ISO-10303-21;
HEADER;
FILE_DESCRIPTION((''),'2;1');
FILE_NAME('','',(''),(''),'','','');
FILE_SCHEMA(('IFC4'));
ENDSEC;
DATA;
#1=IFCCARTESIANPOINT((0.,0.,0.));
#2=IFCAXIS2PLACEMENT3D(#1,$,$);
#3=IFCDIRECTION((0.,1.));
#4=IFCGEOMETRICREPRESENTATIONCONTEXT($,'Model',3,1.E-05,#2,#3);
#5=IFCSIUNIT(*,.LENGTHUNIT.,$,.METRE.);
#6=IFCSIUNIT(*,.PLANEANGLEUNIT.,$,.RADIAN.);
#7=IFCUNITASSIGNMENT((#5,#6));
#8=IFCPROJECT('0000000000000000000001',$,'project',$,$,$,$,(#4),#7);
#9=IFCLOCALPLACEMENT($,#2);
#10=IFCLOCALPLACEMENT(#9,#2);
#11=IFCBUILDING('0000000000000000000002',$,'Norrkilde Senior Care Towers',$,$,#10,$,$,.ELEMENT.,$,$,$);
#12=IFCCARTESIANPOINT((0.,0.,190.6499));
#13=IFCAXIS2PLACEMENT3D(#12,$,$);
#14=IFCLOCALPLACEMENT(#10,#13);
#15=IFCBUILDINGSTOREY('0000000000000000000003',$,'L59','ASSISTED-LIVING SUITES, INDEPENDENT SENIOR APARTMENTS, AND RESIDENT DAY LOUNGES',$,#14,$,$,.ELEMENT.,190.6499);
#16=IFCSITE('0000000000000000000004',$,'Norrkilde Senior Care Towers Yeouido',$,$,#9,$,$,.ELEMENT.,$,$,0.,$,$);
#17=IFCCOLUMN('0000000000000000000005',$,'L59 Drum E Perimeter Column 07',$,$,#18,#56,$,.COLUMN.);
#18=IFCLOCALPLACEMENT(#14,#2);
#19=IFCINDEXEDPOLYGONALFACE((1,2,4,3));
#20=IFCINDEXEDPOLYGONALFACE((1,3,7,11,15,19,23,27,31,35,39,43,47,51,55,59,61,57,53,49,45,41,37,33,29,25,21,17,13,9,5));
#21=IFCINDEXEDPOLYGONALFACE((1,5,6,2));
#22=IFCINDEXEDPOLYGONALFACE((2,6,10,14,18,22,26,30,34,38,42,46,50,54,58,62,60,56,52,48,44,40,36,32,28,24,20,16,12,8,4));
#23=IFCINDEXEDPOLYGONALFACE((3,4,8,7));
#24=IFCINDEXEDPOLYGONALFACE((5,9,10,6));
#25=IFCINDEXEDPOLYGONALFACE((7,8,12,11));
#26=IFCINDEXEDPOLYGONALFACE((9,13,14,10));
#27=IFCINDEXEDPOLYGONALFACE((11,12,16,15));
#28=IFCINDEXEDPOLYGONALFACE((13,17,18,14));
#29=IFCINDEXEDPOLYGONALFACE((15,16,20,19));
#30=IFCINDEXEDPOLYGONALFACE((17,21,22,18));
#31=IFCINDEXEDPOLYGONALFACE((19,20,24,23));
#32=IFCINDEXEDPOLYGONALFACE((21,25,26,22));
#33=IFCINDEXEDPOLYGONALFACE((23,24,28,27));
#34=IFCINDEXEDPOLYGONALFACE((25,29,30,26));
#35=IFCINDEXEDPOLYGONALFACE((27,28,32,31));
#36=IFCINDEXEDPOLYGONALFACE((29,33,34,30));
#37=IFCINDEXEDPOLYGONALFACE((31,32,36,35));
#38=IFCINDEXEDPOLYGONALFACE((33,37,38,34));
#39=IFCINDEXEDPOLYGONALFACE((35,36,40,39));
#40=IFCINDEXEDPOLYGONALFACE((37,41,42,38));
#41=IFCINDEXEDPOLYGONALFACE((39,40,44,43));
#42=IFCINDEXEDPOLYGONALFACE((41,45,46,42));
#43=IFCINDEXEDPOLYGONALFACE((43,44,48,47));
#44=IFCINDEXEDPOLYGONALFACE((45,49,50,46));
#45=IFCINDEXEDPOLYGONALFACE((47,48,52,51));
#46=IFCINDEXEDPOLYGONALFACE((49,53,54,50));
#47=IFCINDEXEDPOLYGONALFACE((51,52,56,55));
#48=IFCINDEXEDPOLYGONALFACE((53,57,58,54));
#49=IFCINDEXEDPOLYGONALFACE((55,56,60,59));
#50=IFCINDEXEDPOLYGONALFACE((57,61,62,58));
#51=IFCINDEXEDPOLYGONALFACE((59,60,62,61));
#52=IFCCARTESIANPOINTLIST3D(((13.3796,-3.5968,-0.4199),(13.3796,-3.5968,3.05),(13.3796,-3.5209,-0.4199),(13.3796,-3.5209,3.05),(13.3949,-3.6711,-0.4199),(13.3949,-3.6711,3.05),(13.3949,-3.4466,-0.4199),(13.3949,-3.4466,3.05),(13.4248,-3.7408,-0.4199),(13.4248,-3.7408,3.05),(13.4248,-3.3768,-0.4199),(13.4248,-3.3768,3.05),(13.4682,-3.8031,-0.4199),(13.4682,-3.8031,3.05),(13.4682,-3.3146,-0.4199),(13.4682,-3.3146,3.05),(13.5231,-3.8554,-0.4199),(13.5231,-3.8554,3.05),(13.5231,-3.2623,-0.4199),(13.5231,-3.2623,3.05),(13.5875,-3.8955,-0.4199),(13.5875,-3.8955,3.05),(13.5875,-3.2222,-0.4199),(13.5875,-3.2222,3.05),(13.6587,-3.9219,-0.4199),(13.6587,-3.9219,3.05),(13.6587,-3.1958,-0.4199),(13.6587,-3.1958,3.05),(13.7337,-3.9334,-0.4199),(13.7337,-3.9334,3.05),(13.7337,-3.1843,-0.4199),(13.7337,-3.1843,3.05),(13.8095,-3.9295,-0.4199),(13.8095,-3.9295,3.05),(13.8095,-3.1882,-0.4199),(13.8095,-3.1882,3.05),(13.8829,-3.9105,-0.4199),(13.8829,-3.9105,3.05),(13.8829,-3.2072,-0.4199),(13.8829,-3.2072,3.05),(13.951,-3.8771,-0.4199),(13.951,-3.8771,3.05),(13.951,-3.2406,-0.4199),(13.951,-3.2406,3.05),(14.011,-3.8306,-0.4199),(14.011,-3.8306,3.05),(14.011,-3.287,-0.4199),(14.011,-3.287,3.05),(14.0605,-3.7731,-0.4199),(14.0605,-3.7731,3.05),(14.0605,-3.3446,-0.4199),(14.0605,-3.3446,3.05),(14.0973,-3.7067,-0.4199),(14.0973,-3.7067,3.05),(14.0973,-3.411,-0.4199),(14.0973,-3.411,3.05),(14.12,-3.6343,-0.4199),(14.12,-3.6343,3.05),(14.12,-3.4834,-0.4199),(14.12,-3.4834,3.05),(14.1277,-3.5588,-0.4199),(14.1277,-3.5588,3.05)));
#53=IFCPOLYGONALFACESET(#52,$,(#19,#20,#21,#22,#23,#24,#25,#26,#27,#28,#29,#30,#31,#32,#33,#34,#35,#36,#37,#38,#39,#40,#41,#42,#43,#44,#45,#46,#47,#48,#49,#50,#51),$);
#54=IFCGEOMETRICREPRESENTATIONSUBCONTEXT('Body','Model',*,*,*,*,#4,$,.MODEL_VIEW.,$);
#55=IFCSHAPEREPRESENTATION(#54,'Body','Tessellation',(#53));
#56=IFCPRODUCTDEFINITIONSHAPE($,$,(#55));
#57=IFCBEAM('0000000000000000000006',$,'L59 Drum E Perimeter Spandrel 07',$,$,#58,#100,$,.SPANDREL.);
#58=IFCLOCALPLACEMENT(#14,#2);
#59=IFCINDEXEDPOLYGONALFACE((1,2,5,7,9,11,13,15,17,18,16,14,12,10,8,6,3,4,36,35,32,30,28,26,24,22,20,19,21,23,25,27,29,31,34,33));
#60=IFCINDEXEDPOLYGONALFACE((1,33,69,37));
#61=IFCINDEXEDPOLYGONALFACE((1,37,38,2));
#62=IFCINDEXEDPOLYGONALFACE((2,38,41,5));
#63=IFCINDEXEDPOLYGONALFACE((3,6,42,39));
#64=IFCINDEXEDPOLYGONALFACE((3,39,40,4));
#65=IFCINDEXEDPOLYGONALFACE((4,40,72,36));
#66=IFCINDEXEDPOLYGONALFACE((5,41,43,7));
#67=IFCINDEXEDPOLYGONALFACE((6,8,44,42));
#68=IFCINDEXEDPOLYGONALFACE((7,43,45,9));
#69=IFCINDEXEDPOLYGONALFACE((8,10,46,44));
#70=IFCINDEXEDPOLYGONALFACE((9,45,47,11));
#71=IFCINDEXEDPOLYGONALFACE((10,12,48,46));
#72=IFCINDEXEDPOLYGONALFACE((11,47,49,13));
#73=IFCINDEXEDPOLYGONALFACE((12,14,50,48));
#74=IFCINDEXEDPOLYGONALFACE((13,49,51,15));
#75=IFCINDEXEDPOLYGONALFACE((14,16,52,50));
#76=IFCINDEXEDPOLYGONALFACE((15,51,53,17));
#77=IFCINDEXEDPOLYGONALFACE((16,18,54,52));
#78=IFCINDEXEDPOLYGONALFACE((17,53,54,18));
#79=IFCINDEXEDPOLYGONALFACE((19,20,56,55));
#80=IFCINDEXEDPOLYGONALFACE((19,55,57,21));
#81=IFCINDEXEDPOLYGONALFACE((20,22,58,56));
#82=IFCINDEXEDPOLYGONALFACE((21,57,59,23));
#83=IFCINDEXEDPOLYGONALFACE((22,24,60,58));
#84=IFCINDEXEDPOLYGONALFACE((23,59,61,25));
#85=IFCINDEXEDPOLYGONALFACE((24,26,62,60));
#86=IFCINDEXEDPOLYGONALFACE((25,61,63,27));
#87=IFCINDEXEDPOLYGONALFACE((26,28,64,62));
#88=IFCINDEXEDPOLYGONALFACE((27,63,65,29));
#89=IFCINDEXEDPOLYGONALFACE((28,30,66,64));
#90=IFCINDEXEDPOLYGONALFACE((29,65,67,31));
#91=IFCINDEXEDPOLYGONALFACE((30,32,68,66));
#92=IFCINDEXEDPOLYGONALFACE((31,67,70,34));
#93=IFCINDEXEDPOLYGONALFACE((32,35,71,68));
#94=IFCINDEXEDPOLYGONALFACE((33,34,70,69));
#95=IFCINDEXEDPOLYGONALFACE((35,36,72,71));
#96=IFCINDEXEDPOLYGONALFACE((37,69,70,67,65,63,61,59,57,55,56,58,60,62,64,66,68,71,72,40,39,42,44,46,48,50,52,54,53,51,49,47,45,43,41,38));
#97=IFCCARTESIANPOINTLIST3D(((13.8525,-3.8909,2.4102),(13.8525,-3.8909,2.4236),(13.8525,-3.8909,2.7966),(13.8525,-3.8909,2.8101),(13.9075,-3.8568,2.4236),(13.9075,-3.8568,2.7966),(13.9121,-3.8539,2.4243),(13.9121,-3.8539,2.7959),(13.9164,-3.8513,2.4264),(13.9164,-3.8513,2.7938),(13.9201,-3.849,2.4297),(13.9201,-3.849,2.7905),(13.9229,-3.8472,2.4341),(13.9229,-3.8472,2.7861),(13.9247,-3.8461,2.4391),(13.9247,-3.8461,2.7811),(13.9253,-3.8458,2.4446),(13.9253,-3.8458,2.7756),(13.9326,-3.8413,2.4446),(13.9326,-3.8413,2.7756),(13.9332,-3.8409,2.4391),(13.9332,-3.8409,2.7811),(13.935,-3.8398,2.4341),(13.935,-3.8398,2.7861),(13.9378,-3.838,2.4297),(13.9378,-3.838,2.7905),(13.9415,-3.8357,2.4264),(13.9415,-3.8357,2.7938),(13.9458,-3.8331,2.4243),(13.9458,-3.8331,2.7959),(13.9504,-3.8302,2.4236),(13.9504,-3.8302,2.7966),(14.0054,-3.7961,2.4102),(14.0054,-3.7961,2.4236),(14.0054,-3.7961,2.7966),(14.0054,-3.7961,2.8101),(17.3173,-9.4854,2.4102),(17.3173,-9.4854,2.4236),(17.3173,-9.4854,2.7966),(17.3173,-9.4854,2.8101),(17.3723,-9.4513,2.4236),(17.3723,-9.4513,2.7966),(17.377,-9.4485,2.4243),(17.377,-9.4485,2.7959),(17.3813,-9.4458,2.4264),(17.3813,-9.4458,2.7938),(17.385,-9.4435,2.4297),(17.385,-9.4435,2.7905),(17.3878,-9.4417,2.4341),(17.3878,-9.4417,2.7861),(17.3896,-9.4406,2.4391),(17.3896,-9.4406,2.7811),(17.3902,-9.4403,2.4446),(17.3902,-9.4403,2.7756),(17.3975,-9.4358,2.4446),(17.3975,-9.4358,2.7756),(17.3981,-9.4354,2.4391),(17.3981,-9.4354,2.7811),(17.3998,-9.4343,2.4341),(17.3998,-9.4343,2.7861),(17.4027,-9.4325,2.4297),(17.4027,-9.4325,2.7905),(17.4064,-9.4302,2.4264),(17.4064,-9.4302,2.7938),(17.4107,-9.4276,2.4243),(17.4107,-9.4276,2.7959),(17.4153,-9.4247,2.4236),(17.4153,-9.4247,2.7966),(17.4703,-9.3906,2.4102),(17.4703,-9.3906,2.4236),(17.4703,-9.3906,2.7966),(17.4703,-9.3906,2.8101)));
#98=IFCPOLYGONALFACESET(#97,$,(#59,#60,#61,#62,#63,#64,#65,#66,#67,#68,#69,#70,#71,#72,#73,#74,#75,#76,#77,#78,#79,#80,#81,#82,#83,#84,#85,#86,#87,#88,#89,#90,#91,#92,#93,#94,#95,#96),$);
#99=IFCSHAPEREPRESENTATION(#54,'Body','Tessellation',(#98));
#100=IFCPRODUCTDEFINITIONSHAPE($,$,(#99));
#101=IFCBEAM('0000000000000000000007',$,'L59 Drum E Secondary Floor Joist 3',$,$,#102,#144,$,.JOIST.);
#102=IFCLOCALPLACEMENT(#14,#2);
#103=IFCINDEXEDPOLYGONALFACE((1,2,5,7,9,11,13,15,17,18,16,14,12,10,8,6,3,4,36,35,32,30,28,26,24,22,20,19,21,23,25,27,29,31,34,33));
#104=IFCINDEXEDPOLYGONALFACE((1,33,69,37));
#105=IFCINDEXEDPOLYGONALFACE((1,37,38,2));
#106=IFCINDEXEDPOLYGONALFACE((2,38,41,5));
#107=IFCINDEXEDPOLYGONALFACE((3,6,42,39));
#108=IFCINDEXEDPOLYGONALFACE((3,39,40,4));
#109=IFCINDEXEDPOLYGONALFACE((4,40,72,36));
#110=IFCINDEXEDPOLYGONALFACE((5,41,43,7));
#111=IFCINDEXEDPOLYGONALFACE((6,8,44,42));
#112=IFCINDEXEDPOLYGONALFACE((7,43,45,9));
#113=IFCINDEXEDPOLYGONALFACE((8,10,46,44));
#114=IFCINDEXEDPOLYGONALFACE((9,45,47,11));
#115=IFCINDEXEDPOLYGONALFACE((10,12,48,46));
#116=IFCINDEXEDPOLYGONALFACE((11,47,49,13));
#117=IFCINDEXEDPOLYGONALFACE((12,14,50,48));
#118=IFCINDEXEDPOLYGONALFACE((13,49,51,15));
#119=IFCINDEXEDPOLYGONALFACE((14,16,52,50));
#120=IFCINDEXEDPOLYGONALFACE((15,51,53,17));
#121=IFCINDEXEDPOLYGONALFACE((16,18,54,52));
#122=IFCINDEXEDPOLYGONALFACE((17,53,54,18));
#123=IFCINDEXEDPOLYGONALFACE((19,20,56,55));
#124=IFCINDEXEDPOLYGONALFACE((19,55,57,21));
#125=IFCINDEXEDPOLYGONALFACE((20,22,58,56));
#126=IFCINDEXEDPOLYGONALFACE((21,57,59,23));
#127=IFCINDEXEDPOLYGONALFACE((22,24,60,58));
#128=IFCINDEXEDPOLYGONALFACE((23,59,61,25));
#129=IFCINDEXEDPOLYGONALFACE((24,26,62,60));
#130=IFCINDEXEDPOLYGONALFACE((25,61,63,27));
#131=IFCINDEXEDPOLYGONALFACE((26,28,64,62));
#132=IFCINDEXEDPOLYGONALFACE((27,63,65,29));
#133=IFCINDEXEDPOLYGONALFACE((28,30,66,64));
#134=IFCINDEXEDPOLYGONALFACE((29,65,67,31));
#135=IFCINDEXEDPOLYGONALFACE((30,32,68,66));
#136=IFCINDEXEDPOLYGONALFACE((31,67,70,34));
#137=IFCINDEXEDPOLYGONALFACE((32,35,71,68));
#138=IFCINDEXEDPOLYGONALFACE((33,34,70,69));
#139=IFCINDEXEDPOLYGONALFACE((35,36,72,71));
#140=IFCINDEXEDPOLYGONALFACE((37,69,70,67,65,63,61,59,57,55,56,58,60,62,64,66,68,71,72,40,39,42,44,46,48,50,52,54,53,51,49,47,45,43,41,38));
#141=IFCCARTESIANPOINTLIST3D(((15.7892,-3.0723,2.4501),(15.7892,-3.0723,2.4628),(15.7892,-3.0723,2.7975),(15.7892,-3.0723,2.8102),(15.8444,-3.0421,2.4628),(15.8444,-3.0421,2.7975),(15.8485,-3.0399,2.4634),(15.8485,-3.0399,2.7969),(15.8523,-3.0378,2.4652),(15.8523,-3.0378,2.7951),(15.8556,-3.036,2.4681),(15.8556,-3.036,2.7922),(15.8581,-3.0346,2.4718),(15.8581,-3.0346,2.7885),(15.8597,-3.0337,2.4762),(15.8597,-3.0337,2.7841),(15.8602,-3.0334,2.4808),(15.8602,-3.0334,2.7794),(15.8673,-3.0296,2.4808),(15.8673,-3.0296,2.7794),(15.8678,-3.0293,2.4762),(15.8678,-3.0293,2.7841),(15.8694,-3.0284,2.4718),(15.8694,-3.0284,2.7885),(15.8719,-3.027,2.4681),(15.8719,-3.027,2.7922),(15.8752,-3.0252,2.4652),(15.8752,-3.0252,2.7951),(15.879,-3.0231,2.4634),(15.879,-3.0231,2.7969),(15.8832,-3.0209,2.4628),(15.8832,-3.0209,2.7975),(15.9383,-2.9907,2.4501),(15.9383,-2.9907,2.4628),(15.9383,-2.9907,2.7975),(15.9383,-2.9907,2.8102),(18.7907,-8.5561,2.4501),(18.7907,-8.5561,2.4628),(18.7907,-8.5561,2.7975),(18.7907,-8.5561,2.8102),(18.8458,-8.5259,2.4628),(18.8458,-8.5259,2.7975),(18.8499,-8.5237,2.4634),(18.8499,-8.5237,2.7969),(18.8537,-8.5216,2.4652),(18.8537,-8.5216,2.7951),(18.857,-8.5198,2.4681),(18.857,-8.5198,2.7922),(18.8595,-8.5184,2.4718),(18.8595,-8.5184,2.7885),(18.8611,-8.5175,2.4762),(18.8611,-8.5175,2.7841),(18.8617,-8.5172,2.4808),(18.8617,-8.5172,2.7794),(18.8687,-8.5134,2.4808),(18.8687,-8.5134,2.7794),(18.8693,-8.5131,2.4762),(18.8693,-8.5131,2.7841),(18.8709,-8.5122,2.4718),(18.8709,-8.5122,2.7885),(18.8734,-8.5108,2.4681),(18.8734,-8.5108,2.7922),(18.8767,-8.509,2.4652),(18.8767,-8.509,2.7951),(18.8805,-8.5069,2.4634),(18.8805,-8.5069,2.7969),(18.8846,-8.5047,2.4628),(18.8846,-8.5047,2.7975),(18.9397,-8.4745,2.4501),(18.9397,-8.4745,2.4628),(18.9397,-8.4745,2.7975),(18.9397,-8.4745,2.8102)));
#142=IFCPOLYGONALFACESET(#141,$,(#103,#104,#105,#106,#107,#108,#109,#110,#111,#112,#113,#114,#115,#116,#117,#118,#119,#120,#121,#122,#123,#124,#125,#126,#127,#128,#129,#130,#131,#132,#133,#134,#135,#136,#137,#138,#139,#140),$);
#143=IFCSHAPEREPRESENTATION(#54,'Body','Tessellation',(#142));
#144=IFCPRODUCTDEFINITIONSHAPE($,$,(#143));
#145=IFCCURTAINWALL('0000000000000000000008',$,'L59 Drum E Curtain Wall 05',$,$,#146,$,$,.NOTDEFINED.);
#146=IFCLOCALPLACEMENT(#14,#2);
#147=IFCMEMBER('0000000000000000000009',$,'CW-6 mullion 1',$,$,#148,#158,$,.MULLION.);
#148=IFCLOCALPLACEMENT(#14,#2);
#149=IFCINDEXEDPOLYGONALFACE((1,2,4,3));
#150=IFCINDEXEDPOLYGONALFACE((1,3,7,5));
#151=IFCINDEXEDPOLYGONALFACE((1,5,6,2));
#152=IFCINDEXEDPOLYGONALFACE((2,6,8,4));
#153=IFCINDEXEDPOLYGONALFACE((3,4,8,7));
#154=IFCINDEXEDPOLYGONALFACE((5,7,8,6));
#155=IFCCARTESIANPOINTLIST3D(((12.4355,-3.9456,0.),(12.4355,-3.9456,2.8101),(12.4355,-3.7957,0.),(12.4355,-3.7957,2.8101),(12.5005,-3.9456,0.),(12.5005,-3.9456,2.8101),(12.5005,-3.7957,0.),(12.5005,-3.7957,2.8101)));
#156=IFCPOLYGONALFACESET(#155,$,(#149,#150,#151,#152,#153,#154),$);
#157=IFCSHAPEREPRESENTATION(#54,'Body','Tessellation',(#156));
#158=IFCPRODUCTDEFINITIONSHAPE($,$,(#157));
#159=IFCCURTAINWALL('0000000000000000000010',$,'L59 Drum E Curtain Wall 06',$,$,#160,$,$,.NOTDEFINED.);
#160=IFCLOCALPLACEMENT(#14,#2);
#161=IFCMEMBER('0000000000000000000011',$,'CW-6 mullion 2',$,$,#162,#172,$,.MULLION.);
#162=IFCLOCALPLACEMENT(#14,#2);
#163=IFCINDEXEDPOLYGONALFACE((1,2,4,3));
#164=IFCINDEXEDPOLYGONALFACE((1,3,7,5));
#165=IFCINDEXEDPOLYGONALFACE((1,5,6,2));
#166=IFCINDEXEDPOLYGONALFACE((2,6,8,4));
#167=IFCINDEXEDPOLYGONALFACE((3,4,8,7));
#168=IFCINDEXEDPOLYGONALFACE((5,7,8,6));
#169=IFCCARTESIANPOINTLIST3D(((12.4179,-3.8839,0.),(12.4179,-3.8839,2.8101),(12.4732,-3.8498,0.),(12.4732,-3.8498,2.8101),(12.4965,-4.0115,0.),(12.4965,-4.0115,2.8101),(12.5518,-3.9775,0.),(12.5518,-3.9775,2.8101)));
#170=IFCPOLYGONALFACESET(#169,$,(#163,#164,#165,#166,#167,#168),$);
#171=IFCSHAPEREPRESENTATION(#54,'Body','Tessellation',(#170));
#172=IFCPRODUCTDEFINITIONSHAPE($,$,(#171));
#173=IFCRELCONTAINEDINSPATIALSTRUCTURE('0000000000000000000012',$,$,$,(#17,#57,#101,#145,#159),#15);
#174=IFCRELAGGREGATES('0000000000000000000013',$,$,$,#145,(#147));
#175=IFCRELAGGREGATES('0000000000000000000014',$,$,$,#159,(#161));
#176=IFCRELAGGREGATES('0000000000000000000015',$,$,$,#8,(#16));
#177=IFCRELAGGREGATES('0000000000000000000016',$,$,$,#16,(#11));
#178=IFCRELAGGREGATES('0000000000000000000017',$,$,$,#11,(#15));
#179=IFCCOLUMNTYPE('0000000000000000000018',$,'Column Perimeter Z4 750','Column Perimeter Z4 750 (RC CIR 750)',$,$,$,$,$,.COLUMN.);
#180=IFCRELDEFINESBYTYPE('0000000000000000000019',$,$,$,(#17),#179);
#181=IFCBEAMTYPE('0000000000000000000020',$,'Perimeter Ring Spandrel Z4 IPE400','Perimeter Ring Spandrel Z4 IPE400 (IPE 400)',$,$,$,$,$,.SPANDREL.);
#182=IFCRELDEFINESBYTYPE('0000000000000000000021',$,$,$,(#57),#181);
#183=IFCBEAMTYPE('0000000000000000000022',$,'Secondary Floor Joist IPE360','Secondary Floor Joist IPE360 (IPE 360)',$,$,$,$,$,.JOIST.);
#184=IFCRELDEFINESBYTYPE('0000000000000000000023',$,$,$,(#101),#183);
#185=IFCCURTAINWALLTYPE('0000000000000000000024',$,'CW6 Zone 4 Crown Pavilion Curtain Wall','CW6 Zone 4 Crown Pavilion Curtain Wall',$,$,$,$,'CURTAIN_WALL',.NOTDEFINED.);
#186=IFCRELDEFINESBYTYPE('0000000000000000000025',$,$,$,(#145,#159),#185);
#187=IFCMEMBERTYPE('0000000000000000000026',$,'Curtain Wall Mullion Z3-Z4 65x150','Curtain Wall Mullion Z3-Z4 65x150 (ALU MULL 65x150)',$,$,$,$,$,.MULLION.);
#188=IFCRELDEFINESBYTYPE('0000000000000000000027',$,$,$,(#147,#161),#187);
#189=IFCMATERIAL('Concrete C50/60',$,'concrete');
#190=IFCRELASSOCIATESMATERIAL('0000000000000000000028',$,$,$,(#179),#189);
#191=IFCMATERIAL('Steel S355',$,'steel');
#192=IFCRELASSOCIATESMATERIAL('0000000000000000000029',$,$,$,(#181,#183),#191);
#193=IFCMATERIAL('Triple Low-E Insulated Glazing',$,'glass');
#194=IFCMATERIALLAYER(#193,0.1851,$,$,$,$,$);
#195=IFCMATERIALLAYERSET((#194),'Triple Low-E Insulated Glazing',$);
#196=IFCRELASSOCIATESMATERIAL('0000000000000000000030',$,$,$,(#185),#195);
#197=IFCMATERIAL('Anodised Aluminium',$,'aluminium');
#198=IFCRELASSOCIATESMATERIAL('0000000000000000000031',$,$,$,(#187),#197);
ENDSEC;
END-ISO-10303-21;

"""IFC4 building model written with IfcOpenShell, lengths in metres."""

from ifc_helpers import new_model, si_unit, direction, frame, origin, origin_2d, place, context, subcontext, project, spatial, rectangle, circle, i_section, extrude, source, transform, mapped, material, layer, layer_set, material_profile, profile_set, type_object, type_shapes, element, aggregate, save


model = new_model("IFC4")

# Units and contexts
model_context = context("Model", 3, precision=1e-05, world=origin(), true_north=direction((0.0, 1.0)))
body_context = subcontext(model_context, "Body", "Model", "MODEL_VIEW")
ifc_project = project(units=[si_unit("LENGTHUNIT", "METRE"), si_unit("PLANEANGLEUNIT", "RADIAN")], contexts=[model_context])

# Site, building, storey
site_placement = place(None, origin())
site = spatial("IfcSite", under=ifc_project, at=site_placement, Name="Norrkilde Senior Care Towers Yeouido", CompositionType="ELEMENT", RefElevation=0.0)
building_placement = place(site_placement, origin())
building = spatial("IfcBuilding", under=site, at=building_placement, Name="Norrkilde Senior Care Towers", CompositionType="ELEMENT")
storey_placement = place(building_placement, frame((0.0, 0.0, 190.6499)))
storey = spatial("IfcBuildingStorey", under=building, at=storey_placement, Name="L59", Description="ASSISTED-LIVING SUITES, INDEPENDENT SENIOR APARTMENTS, AND RESIDENT DAY LOUNGES", CompositionType="ELEMENT", Elevation=190.6499)

# Column
ifc_material_1 = material(Name="Concrete C50/60", Category="concrete")
ifc_material_profile_1 = material_profile(ifc_material_1, circle(Radius=0.375, at=origin_2d()), Name="RC CIR 750")
ifc_profile_set_1 = profile_set([ifc_material_profile_1], Name="Concrete C50/60")
column_type = type_object("IfcColumnType", Name="Column Perimeter Z4 750", Description="Column Perimeter Z4 750 (RC CIR 750)", PredefinedType="COLUMN", material=ifc_profile_set_1)
shared_shape_1 = source(origin(), body_context, "Body", "SweptSolid", [
    extrude(circle(Radius=0.375, at=origin_2d()), origin(), (0.0, 0.0, 1.0), 3.47),
])
type_shapes(column_type, [shared_shape_1])
column_placement = place(storey_placement, frame((13.7527, -3.5588, -0.4199), z_axis=(0.0, 0.0, 1.0), x_axis=(1.0, 0.0, 0.0)))
element("IfcColumn", 1, at=column_placement, inside=storey, type_object=column_type, Name="L59 Drum E Perimeter Column 07", PredefinedType="COLUMN", context=body_context, shape_type="MappedRepresentation", body=[
    mapped(shared_shape_1, transform((0.0, 0.0, 0.0), x_axis=(1.0, 0.0, 0.0), y_axis=(0.0, 1.0, 0.0), z_axis=(0.0, 0.0, 1.0), scale=1.0)),
])

# Beams
ifc_material_2 = material(Name="Steel S355", Category="steel")
ifc_material_profile_2 = material_profile(ifc_material_2, i_section(OverallWidth=0.1799, OverallDepth=0.3999, WebThickness=0.0085, FlangeThickness=0.0134, FilletRadius=0.021, at=origin_2d()), Name="IPE 400")
ifc_profile_set_2 = profile_set([ifc_material_profile_2], Name="Steel S355")
beam_type_1 = type_object("IfcBeamType", Name="Perimeter Ring Spandrel Z4 IPE400", Description="Perimeter Ring Spandrel Z4 IPE400 (IPE 400)", PredefinedType="SPANDREL", material=ifc_profile_set_2)
shared_shape_2 = source(origin(), body_context, "Body", "SweptSolid", [
    extrude(i_section(OverallWidth=0.1799, OverallDepth=0.3999, WebThickness=0.0085, FlangeThickness=0.0134, FilletRadius=0.021, at=origin_2d()), origin(), (0.0, 0.0, 1.0), 6.5806),
])
type_shapes(beam_type_1, [shared_shape_2])
beam_1_placement = place(storey_placement, frame((13.929, -3.8435, 2.6101), z_axis=(0.52653, -0.850157, 0.0), x_axis=(0.850157, 0.52653, 0.0)))
element("IfcBeam", 2, at=beam_1_placement, inside=storey, type_object=beam_type_1, Name="L59 Drum E Perimeter Spandrel 07", PredefinedType="SPANDREL", context=body_context, shape_type="MappedRepresentation", body=[
    mapped(shared_shape_2, transform((0.0, 0.0, 0.0), x_axis=(1.0, 0.0, 0.0), y_axis=(0.0, 1.0, 0.0), z_axis=(0.0, 0.0, 1.0), scale=1.0)),
])
ifc_material_profile_3 = material_profile(ifc_material_2, i_section(OverallWidth=0.1699, OverallDepth=0.3601, WebThickness=0.0081, FlangeThickness=0.0127, FilletRadius=0.0181, at=origin_2d()), Name="IPE 360")
ifc_profile_set_3 = profile_set([ifc_material_profile_3], Name="Steel S355")
beam_type_2 = type_object("IfcBeamType", Name="Secondary Floor Joist IPE360", Description="Secondary Floor Joist IPE360 (IPE 360)", PredefinedType="JOIST", material=ifc_profile_set_3)
shared_shape_3 = source(origin(), body_context, "Body", "SweptSolid", [
    extrude(i_section(OverallWidth=0.1699, OverallDepth=0.3601, WebThickness=0.0081, FlangeThickness=0.0127, FilletRadius=0.0181, at=origin_2d()), origin(), (0.0, 0.0, 1.0), 6.2515),
])
type_shapes(beam_type_2, [shared_shape_3])
beam_2_placement = place(storey_placement, frame((15.8638, -3.0315, 2.6301), z_axis=(0.480116, -0.877205, 0.0), x_axis=(0.877205, 0.480116, 0.0)))
element("IfcBeam", 3, at=beam_2_placement, inside=storey, type_object=beam_type_2, Name="L59 Drum E Secondary Floor Joist 3", PredefinedType="JOIST", context=body_context, shape_type="MappedRepresentation", body=[
    mapped(shared_shape_3, transform((0.0, 0.0, 0.0), x_axis=(1.0, 0.0, 0.0), y_axis=(0.0, 1.0, 0.0), z_axis=(0.0, 0.0, 1.0), scale=1.0)),
])

# Curtain wall, member
ifc_material_3 = material(Name="Triple Low-E Insulated Glazing", Category="glass")
ifc_layer_1 = layer(ifc_material_3, 0.1851)
ifc_layer_set_1 = layer_set([ifc_layer_1], Name="Triple Low-E Insulated Glazing")
curtain_wall_type = type_object("IfcCurtainWallType", Name="CW6 Zone 4 Crown Pavilion Curtain Wall", Description="CW6 Zone 4 Crown Pavilion Curtain Wall", ElementType="CURTAIN_WALL", PredefinedType="NOTDEFINED", material=ifc_layer_set_1)
curtain_wall_1_placement = place(storey_placement, origin())
curtain_wall_1 = element("IfcCurtainWall", 4, at=curtain_wall_1_placement, inside=storey, type_object=curtain_wall_type, Name="L59 Drum E Curtain Wall 05", PredefinedType="NOTDEFINED")
ifc_material_4 = material(Name="Anodised Aluminium", Category="aluminium")
ifc_material_profile_4 = material_profile(ifc_material_4, rectangle(XDim=0.0649, YDim=0.1499, at=origin_2d()), Name="ALU MULL 65x150")
ifc_profile_set_4 = profile_set([ifc_material_profile_4], Name="Anodised Aluminium")
member_type_1 = type_object("IfcMemberType", Name="Curtain Wall Mullion Z3-Z4 65x150", Description="Curtain Wall Mullion Z3-Z4 65x150 (ALU MULL 65x150)", PredefinedType="MULLION", material=ifc_profile_set_4)
shared_shape_4 = source(origin(), body_context, "Body", "SweptSolid", [
    extrude(rectangle(XDim=0.0649, YDim=0.1499, at=origin_2d()), origin(), (0.0, 0.0, 1.0), 2.8101),
])
type_shapes(member_type_1, [shared_shape_4])
member_1_placement = place(storey_placement, frame((12.468, -3.8706, 0.0), z_axis=(0.0, 0.0, 1.0), x_axis=(-1.0, 0.0, 0.0)))
member_1 = element("IfcMember", 5, at=member_1_placement, type_object=member_type_1, Name="CW-6 mullion 1", PredefinedType="MULLION", context=body_context, shape_type="MappedRepresentation", body=[
    mapped(shared_shape_4, transform((0.0, 0.0, 0.0), x_axis=(1.0, 0.0, 0.0), y_axis=(0.0, 1.0, 0.0), z_axis=(0.0, 0.0, 1.0), scale=1.0)),
])

# Curtain wall, member
curtain_wall_2_placement = place(storey_placement, origin())
curtain_wall_2 = element("IfcCurtainWall", 6, at=curtain_wall_2_placement, inside=storey, type_object=curtain_wall_type, Name="L59 Drum E Curtain Wall 06", PredefinedType="NOTDEFINED")
member_2_placement = place(storey_placement, frame((12.4849, -3.9307, 0.0), z_axis=(0.0, 0.0, 1.0), x_axis=(-0.851563, -0.524253, 0.0)))
member_2 = element("IfcMember", 7, at=member_2_placement, type_object=member_type_1, Name="CW-6 mullion 2", PredefinedType="MULLION", context=body_context, shape_type="MappedRepresentation", body=[
    mapped(shared_shape_4, transform((0.0, 0.0, 0.0), x_axis=(1.0, 0.0, 0.0), y_axis=(0.0, 1.0, 0.0), z_axis=(0.0, 0.0, 1.0), scale=1.0)),
])

aggregate(curtain_wall_1, [member_1])

aggregate(curtain_wall_2, [member_2])

save(model, "model.ifc")
